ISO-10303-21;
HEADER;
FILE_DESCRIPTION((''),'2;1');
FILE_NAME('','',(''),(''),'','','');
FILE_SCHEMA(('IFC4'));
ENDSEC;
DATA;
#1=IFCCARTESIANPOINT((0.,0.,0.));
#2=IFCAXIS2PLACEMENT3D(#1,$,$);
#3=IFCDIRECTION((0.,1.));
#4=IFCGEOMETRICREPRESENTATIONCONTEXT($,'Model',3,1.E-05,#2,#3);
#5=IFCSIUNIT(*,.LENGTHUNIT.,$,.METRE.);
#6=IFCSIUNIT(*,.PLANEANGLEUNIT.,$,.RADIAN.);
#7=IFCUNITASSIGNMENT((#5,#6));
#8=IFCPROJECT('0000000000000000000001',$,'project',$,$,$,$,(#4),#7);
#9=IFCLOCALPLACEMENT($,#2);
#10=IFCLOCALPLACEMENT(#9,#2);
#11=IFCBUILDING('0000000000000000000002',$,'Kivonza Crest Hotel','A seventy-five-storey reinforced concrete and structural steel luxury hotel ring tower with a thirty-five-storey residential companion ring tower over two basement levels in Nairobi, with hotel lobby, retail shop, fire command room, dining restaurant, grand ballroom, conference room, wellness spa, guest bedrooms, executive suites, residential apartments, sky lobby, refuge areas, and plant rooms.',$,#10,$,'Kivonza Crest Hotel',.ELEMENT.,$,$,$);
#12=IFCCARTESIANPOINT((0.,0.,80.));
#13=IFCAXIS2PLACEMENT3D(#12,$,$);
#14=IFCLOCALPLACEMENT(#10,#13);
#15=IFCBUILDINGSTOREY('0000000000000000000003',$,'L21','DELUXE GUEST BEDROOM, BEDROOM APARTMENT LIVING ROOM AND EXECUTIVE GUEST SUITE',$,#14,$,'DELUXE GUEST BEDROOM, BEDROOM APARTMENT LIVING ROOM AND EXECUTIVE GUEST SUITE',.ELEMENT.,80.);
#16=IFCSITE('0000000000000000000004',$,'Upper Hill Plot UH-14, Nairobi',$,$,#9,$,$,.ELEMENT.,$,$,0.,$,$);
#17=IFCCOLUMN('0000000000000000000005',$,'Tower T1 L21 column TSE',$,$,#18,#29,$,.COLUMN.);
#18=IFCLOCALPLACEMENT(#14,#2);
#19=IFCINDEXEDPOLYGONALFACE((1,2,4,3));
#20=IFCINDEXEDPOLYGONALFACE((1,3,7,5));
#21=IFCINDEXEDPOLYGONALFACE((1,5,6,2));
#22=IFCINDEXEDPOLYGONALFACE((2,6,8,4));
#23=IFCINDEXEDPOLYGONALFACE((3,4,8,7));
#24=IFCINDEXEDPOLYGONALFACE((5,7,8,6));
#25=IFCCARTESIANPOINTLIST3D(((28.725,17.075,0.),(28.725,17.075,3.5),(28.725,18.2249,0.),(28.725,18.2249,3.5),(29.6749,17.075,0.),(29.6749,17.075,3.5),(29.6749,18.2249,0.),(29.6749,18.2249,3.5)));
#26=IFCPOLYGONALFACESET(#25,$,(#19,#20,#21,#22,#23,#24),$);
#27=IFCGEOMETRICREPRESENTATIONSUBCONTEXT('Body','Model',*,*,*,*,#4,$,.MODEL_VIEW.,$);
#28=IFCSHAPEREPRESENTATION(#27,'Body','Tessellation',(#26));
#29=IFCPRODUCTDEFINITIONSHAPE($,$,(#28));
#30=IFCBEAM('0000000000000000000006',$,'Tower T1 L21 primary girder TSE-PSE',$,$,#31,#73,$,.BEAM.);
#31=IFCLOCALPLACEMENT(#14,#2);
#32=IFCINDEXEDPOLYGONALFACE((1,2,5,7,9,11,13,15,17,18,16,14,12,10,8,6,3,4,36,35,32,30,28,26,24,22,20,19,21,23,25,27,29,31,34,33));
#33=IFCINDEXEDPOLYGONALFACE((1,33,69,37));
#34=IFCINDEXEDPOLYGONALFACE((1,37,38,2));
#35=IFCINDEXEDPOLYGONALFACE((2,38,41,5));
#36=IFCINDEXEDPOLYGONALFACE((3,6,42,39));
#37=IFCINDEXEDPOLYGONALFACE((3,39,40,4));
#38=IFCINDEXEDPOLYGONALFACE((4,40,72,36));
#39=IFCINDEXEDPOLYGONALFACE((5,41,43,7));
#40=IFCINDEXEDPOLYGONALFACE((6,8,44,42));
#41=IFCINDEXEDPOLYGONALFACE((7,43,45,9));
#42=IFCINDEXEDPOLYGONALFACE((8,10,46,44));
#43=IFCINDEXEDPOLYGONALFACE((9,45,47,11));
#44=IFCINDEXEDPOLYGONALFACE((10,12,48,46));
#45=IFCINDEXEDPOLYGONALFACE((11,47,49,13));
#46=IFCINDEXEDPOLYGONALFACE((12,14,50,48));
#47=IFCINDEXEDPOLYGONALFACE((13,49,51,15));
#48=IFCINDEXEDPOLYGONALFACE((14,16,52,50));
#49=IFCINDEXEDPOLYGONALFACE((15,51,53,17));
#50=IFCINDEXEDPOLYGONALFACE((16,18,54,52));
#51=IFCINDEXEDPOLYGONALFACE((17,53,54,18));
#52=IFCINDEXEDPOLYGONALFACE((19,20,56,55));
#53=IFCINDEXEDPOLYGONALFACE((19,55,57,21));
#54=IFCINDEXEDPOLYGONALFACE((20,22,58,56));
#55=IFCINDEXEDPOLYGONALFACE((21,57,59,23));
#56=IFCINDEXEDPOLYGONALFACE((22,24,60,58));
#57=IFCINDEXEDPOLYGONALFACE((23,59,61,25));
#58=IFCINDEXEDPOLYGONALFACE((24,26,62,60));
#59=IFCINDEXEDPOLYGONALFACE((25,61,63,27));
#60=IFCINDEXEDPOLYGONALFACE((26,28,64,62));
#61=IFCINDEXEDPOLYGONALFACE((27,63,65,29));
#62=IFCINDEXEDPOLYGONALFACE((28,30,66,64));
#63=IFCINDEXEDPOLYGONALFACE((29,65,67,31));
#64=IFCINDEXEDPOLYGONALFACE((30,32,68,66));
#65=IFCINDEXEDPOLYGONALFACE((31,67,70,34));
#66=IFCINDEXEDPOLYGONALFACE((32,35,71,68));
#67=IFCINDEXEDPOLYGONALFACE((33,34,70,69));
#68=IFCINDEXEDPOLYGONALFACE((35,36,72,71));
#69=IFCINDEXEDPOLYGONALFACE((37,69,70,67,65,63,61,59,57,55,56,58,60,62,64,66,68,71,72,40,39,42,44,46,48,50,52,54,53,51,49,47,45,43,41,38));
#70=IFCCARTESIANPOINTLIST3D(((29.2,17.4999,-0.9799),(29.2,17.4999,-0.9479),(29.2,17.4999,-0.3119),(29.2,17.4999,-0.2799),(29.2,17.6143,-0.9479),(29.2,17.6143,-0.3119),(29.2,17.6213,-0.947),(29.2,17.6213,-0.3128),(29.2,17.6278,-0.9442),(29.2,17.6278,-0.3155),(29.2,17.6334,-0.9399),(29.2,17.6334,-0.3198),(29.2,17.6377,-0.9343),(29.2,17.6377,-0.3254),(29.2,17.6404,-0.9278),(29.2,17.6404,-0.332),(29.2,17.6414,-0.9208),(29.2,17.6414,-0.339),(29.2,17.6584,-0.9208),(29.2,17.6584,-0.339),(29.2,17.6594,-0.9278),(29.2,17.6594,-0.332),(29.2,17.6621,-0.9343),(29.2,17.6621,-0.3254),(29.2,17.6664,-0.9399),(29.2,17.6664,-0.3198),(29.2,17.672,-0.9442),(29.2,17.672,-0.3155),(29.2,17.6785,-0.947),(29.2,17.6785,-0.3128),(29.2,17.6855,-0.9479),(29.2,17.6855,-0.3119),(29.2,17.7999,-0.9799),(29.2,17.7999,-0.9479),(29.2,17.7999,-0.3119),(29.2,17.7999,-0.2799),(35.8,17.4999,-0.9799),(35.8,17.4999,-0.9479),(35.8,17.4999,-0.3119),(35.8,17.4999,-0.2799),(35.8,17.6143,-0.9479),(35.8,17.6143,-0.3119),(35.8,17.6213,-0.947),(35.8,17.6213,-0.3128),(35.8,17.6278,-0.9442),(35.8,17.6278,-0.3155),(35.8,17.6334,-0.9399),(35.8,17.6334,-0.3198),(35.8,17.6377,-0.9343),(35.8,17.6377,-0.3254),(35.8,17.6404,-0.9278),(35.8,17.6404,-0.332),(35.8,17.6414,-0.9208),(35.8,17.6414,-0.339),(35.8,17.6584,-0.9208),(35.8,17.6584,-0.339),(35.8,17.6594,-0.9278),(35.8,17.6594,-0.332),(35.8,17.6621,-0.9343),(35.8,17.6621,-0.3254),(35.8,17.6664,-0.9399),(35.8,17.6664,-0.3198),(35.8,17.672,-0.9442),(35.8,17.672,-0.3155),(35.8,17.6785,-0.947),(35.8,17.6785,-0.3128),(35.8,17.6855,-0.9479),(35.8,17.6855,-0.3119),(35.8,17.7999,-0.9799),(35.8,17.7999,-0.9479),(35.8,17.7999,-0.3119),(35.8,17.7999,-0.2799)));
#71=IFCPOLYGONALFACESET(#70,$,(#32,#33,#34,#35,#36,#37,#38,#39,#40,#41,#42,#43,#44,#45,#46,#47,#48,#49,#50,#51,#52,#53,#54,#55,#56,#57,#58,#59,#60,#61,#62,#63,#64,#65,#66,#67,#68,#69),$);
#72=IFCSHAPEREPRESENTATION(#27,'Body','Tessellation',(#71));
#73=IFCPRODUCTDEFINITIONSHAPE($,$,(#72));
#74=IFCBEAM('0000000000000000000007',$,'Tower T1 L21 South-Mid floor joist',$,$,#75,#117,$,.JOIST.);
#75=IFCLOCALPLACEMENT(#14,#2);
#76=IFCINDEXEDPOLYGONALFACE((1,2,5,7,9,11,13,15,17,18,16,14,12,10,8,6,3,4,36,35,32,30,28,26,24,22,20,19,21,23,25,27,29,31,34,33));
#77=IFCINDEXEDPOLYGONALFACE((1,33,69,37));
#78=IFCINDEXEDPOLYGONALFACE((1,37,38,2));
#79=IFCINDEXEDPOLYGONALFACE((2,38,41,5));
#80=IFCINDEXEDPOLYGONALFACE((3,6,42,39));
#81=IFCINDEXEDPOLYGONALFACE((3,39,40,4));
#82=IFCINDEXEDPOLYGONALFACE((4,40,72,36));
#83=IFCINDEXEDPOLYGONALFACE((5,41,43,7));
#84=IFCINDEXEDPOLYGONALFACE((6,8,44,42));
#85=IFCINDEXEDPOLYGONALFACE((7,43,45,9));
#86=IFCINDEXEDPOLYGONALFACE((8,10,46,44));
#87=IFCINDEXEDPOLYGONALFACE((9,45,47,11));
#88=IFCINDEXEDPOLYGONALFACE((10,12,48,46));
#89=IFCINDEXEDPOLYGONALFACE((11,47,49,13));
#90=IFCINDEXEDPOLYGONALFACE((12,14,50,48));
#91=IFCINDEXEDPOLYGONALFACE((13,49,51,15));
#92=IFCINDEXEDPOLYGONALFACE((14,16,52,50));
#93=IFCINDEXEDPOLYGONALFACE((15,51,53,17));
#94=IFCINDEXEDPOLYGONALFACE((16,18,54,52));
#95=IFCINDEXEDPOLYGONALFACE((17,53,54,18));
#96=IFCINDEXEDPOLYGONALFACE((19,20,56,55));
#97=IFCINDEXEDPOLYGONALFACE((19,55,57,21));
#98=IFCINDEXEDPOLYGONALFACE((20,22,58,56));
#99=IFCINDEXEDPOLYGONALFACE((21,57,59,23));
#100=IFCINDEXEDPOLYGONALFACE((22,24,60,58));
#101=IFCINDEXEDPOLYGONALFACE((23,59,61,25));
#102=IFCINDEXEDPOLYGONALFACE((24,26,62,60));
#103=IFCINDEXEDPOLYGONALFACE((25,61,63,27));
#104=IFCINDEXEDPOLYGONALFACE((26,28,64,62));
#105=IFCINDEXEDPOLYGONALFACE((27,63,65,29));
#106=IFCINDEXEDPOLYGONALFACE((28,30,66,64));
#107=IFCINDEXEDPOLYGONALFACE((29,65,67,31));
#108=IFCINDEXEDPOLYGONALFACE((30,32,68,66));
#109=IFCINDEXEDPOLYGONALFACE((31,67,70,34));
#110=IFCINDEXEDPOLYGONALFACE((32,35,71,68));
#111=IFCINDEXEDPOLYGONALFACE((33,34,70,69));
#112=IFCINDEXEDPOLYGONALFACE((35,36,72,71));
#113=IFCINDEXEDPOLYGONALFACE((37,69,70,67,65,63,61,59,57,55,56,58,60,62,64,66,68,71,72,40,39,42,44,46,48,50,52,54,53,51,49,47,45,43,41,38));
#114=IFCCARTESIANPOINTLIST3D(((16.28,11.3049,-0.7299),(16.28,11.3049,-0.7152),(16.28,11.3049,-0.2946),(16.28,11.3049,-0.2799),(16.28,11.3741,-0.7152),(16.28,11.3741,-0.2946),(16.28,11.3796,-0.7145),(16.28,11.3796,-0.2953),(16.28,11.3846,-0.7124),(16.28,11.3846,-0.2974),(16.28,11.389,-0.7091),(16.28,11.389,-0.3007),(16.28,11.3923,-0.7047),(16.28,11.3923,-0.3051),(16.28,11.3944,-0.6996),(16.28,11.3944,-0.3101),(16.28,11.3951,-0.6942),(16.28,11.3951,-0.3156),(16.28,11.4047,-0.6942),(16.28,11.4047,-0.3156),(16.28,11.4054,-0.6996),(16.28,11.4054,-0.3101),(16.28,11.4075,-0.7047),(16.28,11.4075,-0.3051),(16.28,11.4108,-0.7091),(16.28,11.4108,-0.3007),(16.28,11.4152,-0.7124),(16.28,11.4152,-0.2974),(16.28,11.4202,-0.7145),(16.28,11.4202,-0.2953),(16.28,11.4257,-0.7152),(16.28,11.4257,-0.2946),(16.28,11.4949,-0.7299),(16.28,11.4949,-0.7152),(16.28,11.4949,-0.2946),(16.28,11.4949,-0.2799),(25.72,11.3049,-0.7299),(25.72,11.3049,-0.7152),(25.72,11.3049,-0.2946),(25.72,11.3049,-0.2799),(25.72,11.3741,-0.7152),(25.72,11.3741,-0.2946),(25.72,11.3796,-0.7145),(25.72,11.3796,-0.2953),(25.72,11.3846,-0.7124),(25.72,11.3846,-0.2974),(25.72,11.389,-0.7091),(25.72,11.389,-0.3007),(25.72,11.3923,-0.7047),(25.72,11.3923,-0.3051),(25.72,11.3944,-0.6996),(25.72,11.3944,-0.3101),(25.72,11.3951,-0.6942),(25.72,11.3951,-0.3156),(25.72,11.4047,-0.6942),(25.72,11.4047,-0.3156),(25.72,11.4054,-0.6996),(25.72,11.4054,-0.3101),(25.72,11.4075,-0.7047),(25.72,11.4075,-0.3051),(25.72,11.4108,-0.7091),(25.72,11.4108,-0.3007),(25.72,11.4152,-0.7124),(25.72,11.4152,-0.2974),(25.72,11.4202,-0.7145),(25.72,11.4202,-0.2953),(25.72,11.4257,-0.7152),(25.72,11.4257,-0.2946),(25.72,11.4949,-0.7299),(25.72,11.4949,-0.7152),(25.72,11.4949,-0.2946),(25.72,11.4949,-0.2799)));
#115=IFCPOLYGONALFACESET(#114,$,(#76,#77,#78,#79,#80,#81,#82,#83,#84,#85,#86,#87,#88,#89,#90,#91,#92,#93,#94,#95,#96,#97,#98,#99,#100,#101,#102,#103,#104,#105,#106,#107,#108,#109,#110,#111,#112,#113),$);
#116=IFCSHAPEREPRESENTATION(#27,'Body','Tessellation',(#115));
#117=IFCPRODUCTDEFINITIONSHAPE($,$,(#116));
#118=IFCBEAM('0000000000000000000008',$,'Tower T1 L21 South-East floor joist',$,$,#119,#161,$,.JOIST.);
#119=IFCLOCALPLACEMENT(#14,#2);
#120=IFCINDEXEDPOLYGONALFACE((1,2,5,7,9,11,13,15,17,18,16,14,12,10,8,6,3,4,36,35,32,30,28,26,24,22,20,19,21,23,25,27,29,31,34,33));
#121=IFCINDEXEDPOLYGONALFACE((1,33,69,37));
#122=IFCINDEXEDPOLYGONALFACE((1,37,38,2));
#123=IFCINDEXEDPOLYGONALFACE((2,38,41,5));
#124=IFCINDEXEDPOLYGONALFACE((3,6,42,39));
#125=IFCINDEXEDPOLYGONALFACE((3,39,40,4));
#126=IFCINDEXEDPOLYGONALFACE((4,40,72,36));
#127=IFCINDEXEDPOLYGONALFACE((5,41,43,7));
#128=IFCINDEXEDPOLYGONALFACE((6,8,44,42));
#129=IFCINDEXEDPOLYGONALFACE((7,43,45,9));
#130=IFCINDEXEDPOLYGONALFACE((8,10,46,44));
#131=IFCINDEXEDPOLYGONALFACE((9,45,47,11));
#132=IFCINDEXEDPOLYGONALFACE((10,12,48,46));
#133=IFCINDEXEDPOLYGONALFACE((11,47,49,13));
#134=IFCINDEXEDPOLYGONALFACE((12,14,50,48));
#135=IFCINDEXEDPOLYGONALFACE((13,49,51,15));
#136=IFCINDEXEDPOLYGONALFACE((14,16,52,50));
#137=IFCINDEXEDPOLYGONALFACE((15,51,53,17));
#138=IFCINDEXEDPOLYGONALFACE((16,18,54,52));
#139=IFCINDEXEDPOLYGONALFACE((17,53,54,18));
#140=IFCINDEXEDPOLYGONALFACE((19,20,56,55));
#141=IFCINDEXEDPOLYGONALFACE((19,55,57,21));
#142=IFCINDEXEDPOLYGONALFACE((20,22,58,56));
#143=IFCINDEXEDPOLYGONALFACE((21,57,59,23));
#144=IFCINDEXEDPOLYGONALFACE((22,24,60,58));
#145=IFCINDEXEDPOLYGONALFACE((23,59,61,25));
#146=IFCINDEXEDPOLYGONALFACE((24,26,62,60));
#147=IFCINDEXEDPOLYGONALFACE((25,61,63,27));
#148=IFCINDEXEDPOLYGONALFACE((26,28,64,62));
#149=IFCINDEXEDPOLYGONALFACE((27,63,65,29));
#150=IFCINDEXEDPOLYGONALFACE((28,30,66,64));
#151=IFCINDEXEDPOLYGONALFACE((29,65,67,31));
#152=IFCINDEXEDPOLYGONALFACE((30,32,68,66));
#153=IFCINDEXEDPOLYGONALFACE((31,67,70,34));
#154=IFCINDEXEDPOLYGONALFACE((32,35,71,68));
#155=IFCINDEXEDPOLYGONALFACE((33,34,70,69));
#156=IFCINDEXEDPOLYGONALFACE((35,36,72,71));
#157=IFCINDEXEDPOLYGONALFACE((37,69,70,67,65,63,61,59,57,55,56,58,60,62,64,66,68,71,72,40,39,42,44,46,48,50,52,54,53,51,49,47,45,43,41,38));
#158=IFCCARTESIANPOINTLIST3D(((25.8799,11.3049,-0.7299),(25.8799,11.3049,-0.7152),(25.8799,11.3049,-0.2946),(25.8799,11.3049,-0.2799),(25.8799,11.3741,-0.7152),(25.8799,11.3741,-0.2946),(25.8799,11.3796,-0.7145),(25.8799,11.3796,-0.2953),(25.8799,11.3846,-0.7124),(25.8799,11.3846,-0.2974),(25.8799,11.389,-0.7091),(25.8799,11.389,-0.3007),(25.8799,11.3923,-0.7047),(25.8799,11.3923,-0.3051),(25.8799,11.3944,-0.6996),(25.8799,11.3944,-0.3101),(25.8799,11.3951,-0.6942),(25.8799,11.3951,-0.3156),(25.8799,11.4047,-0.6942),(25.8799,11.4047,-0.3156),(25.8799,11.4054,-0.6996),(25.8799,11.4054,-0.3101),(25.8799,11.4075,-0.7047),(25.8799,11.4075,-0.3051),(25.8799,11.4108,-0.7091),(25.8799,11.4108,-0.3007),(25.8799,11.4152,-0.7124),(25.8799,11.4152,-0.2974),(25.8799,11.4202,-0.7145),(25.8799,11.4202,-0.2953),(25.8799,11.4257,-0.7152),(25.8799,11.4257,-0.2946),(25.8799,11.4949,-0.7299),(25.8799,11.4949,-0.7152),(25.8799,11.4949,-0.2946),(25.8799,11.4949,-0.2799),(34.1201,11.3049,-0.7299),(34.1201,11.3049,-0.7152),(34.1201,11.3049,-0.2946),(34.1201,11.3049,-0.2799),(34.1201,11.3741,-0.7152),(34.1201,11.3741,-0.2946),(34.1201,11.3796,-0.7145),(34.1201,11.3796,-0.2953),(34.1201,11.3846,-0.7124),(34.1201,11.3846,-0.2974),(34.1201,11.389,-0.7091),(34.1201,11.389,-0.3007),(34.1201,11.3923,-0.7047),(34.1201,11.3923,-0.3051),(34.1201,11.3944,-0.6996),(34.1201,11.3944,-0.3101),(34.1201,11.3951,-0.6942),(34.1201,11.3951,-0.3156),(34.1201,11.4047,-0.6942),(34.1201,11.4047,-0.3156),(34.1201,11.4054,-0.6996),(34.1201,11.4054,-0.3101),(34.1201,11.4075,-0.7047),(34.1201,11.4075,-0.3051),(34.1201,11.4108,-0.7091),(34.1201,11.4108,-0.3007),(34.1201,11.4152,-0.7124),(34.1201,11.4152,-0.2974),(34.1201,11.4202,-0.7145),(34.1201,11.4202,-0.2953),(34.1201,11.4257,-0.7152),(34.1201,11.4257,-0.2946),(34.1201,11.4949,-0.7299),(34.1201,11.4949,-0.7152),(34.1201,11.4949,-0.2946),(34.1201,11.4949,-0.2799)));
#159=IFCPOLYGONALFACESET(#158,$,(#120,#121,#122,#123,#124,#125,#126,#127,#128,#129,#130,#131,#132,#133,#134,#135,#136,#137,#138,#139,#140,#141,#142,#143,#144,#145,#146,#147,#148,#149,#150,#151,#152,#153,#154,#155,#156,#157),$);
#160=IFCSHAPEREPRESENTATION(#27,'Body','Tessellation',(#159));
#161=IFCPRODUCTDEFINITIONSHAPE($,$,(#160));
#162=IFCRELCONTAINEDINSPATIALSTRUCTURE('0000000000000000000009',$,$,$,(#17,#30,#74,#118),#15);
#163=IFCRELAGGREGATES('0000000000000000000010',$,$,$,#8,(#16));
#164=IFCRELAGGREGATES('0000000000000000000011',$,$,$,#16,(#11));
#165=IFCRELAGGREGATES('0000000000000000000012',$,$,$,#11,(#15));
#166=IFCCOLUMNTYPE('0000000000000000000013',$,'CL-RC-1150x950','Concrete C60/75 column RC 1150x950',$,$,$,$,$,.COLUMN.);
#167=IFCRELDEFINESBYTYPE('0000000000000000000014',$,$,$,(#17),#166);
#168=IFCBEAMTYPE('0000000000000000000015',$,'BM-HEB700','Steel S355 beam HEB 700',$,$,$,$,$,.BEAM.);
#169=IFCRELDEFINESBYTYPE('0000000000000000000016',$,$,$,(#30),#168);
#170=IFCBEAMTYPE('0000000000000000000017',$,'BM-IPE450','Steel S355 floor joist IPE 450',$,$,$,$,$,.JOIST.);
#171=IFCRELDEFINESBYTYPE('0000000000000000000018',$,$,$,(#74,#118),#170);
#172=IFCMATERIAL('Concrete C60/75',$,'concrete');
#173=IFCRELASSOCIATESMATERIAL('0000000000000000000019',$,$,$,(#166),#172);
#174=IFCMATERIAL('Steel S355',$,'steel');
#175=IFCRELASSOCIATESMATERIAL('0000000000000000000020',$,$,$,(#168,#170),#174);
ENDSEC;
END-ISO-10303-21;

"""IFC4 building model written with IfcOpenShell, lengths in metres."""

from ifc_helpers import new_model, si_unit, direction, frame, origin, origin_2d, place, context, subcontext, project, spatial, rectangle, i_section, extrude, material, material_profile, profile_set, type_object, element, save


model = new_model("IFC4")

# Units and contexts
model_context = context("Model", 3, precision=1e-05, world=origin(), true_north=direction((0.0, 1.0)))
body_context = subcontext(model_context, "Body", "Model", "MODEL_VIEW")
ifc_project = project(units=[si_unit("LENGTHUNIT", "METRE"), si_unit("PLANEANGLEUNIT", "RADIAN")], contexts=[model_context])

# Site, building, storey
site_placement = place(None, origin())
site = spatial("IfcSite", under=ifc_project, at=site_placement, Name="Upper Hill Plot UH-14, Nairobi", CompositionType="ELEMENT", RefElevation=0.0)
building_placement = place(site_placement, origin())
building = spatial("IfcBuilding", under=site, at=building_placement, Name="Kivonza Crest Hotel", Description="A seventy-five-storey reinforced concrete and structural steel luxury hotel ring tower with a thirty-five-storey residential companion ring tower over two basement levels in Nairobi, with hotel lobby, retail shop, fire command room, dining restaurant, grand ballroom, conference room, wellness spa, guest bedrooms, executive suites, residential apartments, sky lobby, refuge areas, and plant rooms.", LongName="Kivonza Crest Hotel", CompositionType="ELEMENT")
storey_placement = place(building_placement, frame((0.0, 0.0, 80.0)))
storey = spatial("IfcBuildingStorey", under=building, at=storey_placement, Name="L21", Description="DELUXE GUEST BEDROOM, BEDROOM APARTMENT LIVING ROOM AND EXECUTIVE GUEST SUITE", LongName="DELUXE GUEST BEDROOM, BEDROOM APARTMENT LIVING ROOM AND EXECUTIVE GUEST SUITE", CompositionType="ELEMENT", Elevation=80.0)

# Column
ifc_material_1 = material(Name="Concrete C60/75", Category="concrete")
ifc_material_profile_1 = material_profile(ifc_material_1, rectangle(XDim=0.95, YDim=1.1499, at=origin_2d()), Name="RC 1150x950")
ifc_profile_set_1 = profile_set([ifc_material_profile_1], Name="Concrete C60/75")
column_type = type_object("IfcColumnType", Name="CL-RC-1150x950", Description="Concrete C60/75 column RC 1150x950", PredefinedType="COLUMN", material=ifc_profile_set_1)
column_placement = place(storey_placement, frame((29.2, 17.6499, 0.0), z_axis=(0.0, 0.0, 1.0), x_axis=(1.0, 0.0, 0.0)))
element("IfcColumn", 1, at=column_placement, inside=storey, type_object=column_type, Name="Tower T1 L21 column TSE", PredefinedType="COLUMN", context=body_context, shape_type="SweptSolid", body=[
    extrude(rectangle(XDim=0.95, YDim=1.1499, at=origin_2d()), origin(), (0.0, 0.0, 1.0), 3.5),
])

# Beams
ifc_material_2 = material(Name="Steel S355", Category="steel")
ifc_material_profile_2 = material_profile(ifc_material_2, i_section(OverallWidth=0.3, OverallDepth=0.7, WebThickness=0.0171, FlangeThickness=0.032, FilletRadius=0.0271, at=origin_2d()), Name="HEB 700")
ifc_profile_set_2 = profile_set([ifc_material_profile_2], Name="Steel S355")
beam_type_1 = type_object("IfcBeamType", Name="BM-HEB700", Description="Steel S355 beam HEB 700", PredefinedType="BEAM", material=ifc_profile_set_2)
beam_1_placement = place(storey_placement, frame((29.2, 17.6499, -0.6299), z_axis=(1.0, 0.0, 0.0), x_axis=(0.0, 1.0, 0.0)))
element("IfcBeam", 2, at=beam_1_placement, inside=storey, type_object=beam_type_1, Name="Tower T1 L21 primary girder TSE-PSE", PredefinedType="BEAM", context=body_context, shape_type="SweptSolid", body=[
    extrude(i_section(OverallWidth=0.3, OverallDepth=0.7, WebThickness=0.0171, FlangeThickness=0.032, FilletRadius=0.0271, at=origin_2d()), origin(), (0.0, 0.0, 1.0), 6.6001),
])
ifc_material_profile_3 = material_profile(ifc_material_2, i_section(OverallWidth=0.1899, OverallDepth=0.45, WebThickness=0.0095, FlangeThickness=0.0146, FilletRadius=0.021, at=origin_2d()), Name="IPE 450")
ifc_profile_set_3 = profile_set([ifc_material_profile_3], Name="Steel S355")
beam_type_2 = type_object("IfcBeamType", Name="BM-IPE450", Description="Steel S355 floor joist IPE 450", PredefinedType="JOIST", material=ifc_profile_set_3)
beam_2_placement = place(storey_placement, frame((16.28, 11.3999, -0.5049), z_axis=(1.0, 0.0, 0.0), x_axis=(0.0, 1.0, 0.0)))
element("IfcBeam", 3, at=beam_2_placement, inside=storey, type_object=beam_type_2, Name="Tower T1 L21 South-Mid floor joist", PredefinedType="JOIST", context=body_context, shape_type="SweptSolid", body=[
    extrude(i_section(OverallWidth=0.1899, OverallDepth=0.45, WebThickness=0.0095, FlangeThickness=0.0146, FilletRadius=0.021, at=origin_2d()), origin(), (0.0, 0.0, 1.0), 9.4399),
])
beam_3_placement = place(storey_placement, frame((25.8799, 11.3999, -0.5049), z_axis=(1.0, 0.0, 0.0), x_axis=(0.0, 1.0, 0.0)))
element("IfcBeam", 4, at=beam_3_placement, inside=storey, type_object=beam_type_2, Name="Tower T1 L21 South-East floor joist", PredefinedType="JOIST", context=body_context, shape_type="SweptSolid", body=[
    extrude(i_section(OverallWidth=0.1899, OverallDepth=0.45, WebThickness=0.0095, FlangeThickness=0.0146, FilletRadius=0.021, at=origin_2d()), origin(), (0.0, 0.0, 1.0), 8.2402),
])

save(model, "model.ifc")
